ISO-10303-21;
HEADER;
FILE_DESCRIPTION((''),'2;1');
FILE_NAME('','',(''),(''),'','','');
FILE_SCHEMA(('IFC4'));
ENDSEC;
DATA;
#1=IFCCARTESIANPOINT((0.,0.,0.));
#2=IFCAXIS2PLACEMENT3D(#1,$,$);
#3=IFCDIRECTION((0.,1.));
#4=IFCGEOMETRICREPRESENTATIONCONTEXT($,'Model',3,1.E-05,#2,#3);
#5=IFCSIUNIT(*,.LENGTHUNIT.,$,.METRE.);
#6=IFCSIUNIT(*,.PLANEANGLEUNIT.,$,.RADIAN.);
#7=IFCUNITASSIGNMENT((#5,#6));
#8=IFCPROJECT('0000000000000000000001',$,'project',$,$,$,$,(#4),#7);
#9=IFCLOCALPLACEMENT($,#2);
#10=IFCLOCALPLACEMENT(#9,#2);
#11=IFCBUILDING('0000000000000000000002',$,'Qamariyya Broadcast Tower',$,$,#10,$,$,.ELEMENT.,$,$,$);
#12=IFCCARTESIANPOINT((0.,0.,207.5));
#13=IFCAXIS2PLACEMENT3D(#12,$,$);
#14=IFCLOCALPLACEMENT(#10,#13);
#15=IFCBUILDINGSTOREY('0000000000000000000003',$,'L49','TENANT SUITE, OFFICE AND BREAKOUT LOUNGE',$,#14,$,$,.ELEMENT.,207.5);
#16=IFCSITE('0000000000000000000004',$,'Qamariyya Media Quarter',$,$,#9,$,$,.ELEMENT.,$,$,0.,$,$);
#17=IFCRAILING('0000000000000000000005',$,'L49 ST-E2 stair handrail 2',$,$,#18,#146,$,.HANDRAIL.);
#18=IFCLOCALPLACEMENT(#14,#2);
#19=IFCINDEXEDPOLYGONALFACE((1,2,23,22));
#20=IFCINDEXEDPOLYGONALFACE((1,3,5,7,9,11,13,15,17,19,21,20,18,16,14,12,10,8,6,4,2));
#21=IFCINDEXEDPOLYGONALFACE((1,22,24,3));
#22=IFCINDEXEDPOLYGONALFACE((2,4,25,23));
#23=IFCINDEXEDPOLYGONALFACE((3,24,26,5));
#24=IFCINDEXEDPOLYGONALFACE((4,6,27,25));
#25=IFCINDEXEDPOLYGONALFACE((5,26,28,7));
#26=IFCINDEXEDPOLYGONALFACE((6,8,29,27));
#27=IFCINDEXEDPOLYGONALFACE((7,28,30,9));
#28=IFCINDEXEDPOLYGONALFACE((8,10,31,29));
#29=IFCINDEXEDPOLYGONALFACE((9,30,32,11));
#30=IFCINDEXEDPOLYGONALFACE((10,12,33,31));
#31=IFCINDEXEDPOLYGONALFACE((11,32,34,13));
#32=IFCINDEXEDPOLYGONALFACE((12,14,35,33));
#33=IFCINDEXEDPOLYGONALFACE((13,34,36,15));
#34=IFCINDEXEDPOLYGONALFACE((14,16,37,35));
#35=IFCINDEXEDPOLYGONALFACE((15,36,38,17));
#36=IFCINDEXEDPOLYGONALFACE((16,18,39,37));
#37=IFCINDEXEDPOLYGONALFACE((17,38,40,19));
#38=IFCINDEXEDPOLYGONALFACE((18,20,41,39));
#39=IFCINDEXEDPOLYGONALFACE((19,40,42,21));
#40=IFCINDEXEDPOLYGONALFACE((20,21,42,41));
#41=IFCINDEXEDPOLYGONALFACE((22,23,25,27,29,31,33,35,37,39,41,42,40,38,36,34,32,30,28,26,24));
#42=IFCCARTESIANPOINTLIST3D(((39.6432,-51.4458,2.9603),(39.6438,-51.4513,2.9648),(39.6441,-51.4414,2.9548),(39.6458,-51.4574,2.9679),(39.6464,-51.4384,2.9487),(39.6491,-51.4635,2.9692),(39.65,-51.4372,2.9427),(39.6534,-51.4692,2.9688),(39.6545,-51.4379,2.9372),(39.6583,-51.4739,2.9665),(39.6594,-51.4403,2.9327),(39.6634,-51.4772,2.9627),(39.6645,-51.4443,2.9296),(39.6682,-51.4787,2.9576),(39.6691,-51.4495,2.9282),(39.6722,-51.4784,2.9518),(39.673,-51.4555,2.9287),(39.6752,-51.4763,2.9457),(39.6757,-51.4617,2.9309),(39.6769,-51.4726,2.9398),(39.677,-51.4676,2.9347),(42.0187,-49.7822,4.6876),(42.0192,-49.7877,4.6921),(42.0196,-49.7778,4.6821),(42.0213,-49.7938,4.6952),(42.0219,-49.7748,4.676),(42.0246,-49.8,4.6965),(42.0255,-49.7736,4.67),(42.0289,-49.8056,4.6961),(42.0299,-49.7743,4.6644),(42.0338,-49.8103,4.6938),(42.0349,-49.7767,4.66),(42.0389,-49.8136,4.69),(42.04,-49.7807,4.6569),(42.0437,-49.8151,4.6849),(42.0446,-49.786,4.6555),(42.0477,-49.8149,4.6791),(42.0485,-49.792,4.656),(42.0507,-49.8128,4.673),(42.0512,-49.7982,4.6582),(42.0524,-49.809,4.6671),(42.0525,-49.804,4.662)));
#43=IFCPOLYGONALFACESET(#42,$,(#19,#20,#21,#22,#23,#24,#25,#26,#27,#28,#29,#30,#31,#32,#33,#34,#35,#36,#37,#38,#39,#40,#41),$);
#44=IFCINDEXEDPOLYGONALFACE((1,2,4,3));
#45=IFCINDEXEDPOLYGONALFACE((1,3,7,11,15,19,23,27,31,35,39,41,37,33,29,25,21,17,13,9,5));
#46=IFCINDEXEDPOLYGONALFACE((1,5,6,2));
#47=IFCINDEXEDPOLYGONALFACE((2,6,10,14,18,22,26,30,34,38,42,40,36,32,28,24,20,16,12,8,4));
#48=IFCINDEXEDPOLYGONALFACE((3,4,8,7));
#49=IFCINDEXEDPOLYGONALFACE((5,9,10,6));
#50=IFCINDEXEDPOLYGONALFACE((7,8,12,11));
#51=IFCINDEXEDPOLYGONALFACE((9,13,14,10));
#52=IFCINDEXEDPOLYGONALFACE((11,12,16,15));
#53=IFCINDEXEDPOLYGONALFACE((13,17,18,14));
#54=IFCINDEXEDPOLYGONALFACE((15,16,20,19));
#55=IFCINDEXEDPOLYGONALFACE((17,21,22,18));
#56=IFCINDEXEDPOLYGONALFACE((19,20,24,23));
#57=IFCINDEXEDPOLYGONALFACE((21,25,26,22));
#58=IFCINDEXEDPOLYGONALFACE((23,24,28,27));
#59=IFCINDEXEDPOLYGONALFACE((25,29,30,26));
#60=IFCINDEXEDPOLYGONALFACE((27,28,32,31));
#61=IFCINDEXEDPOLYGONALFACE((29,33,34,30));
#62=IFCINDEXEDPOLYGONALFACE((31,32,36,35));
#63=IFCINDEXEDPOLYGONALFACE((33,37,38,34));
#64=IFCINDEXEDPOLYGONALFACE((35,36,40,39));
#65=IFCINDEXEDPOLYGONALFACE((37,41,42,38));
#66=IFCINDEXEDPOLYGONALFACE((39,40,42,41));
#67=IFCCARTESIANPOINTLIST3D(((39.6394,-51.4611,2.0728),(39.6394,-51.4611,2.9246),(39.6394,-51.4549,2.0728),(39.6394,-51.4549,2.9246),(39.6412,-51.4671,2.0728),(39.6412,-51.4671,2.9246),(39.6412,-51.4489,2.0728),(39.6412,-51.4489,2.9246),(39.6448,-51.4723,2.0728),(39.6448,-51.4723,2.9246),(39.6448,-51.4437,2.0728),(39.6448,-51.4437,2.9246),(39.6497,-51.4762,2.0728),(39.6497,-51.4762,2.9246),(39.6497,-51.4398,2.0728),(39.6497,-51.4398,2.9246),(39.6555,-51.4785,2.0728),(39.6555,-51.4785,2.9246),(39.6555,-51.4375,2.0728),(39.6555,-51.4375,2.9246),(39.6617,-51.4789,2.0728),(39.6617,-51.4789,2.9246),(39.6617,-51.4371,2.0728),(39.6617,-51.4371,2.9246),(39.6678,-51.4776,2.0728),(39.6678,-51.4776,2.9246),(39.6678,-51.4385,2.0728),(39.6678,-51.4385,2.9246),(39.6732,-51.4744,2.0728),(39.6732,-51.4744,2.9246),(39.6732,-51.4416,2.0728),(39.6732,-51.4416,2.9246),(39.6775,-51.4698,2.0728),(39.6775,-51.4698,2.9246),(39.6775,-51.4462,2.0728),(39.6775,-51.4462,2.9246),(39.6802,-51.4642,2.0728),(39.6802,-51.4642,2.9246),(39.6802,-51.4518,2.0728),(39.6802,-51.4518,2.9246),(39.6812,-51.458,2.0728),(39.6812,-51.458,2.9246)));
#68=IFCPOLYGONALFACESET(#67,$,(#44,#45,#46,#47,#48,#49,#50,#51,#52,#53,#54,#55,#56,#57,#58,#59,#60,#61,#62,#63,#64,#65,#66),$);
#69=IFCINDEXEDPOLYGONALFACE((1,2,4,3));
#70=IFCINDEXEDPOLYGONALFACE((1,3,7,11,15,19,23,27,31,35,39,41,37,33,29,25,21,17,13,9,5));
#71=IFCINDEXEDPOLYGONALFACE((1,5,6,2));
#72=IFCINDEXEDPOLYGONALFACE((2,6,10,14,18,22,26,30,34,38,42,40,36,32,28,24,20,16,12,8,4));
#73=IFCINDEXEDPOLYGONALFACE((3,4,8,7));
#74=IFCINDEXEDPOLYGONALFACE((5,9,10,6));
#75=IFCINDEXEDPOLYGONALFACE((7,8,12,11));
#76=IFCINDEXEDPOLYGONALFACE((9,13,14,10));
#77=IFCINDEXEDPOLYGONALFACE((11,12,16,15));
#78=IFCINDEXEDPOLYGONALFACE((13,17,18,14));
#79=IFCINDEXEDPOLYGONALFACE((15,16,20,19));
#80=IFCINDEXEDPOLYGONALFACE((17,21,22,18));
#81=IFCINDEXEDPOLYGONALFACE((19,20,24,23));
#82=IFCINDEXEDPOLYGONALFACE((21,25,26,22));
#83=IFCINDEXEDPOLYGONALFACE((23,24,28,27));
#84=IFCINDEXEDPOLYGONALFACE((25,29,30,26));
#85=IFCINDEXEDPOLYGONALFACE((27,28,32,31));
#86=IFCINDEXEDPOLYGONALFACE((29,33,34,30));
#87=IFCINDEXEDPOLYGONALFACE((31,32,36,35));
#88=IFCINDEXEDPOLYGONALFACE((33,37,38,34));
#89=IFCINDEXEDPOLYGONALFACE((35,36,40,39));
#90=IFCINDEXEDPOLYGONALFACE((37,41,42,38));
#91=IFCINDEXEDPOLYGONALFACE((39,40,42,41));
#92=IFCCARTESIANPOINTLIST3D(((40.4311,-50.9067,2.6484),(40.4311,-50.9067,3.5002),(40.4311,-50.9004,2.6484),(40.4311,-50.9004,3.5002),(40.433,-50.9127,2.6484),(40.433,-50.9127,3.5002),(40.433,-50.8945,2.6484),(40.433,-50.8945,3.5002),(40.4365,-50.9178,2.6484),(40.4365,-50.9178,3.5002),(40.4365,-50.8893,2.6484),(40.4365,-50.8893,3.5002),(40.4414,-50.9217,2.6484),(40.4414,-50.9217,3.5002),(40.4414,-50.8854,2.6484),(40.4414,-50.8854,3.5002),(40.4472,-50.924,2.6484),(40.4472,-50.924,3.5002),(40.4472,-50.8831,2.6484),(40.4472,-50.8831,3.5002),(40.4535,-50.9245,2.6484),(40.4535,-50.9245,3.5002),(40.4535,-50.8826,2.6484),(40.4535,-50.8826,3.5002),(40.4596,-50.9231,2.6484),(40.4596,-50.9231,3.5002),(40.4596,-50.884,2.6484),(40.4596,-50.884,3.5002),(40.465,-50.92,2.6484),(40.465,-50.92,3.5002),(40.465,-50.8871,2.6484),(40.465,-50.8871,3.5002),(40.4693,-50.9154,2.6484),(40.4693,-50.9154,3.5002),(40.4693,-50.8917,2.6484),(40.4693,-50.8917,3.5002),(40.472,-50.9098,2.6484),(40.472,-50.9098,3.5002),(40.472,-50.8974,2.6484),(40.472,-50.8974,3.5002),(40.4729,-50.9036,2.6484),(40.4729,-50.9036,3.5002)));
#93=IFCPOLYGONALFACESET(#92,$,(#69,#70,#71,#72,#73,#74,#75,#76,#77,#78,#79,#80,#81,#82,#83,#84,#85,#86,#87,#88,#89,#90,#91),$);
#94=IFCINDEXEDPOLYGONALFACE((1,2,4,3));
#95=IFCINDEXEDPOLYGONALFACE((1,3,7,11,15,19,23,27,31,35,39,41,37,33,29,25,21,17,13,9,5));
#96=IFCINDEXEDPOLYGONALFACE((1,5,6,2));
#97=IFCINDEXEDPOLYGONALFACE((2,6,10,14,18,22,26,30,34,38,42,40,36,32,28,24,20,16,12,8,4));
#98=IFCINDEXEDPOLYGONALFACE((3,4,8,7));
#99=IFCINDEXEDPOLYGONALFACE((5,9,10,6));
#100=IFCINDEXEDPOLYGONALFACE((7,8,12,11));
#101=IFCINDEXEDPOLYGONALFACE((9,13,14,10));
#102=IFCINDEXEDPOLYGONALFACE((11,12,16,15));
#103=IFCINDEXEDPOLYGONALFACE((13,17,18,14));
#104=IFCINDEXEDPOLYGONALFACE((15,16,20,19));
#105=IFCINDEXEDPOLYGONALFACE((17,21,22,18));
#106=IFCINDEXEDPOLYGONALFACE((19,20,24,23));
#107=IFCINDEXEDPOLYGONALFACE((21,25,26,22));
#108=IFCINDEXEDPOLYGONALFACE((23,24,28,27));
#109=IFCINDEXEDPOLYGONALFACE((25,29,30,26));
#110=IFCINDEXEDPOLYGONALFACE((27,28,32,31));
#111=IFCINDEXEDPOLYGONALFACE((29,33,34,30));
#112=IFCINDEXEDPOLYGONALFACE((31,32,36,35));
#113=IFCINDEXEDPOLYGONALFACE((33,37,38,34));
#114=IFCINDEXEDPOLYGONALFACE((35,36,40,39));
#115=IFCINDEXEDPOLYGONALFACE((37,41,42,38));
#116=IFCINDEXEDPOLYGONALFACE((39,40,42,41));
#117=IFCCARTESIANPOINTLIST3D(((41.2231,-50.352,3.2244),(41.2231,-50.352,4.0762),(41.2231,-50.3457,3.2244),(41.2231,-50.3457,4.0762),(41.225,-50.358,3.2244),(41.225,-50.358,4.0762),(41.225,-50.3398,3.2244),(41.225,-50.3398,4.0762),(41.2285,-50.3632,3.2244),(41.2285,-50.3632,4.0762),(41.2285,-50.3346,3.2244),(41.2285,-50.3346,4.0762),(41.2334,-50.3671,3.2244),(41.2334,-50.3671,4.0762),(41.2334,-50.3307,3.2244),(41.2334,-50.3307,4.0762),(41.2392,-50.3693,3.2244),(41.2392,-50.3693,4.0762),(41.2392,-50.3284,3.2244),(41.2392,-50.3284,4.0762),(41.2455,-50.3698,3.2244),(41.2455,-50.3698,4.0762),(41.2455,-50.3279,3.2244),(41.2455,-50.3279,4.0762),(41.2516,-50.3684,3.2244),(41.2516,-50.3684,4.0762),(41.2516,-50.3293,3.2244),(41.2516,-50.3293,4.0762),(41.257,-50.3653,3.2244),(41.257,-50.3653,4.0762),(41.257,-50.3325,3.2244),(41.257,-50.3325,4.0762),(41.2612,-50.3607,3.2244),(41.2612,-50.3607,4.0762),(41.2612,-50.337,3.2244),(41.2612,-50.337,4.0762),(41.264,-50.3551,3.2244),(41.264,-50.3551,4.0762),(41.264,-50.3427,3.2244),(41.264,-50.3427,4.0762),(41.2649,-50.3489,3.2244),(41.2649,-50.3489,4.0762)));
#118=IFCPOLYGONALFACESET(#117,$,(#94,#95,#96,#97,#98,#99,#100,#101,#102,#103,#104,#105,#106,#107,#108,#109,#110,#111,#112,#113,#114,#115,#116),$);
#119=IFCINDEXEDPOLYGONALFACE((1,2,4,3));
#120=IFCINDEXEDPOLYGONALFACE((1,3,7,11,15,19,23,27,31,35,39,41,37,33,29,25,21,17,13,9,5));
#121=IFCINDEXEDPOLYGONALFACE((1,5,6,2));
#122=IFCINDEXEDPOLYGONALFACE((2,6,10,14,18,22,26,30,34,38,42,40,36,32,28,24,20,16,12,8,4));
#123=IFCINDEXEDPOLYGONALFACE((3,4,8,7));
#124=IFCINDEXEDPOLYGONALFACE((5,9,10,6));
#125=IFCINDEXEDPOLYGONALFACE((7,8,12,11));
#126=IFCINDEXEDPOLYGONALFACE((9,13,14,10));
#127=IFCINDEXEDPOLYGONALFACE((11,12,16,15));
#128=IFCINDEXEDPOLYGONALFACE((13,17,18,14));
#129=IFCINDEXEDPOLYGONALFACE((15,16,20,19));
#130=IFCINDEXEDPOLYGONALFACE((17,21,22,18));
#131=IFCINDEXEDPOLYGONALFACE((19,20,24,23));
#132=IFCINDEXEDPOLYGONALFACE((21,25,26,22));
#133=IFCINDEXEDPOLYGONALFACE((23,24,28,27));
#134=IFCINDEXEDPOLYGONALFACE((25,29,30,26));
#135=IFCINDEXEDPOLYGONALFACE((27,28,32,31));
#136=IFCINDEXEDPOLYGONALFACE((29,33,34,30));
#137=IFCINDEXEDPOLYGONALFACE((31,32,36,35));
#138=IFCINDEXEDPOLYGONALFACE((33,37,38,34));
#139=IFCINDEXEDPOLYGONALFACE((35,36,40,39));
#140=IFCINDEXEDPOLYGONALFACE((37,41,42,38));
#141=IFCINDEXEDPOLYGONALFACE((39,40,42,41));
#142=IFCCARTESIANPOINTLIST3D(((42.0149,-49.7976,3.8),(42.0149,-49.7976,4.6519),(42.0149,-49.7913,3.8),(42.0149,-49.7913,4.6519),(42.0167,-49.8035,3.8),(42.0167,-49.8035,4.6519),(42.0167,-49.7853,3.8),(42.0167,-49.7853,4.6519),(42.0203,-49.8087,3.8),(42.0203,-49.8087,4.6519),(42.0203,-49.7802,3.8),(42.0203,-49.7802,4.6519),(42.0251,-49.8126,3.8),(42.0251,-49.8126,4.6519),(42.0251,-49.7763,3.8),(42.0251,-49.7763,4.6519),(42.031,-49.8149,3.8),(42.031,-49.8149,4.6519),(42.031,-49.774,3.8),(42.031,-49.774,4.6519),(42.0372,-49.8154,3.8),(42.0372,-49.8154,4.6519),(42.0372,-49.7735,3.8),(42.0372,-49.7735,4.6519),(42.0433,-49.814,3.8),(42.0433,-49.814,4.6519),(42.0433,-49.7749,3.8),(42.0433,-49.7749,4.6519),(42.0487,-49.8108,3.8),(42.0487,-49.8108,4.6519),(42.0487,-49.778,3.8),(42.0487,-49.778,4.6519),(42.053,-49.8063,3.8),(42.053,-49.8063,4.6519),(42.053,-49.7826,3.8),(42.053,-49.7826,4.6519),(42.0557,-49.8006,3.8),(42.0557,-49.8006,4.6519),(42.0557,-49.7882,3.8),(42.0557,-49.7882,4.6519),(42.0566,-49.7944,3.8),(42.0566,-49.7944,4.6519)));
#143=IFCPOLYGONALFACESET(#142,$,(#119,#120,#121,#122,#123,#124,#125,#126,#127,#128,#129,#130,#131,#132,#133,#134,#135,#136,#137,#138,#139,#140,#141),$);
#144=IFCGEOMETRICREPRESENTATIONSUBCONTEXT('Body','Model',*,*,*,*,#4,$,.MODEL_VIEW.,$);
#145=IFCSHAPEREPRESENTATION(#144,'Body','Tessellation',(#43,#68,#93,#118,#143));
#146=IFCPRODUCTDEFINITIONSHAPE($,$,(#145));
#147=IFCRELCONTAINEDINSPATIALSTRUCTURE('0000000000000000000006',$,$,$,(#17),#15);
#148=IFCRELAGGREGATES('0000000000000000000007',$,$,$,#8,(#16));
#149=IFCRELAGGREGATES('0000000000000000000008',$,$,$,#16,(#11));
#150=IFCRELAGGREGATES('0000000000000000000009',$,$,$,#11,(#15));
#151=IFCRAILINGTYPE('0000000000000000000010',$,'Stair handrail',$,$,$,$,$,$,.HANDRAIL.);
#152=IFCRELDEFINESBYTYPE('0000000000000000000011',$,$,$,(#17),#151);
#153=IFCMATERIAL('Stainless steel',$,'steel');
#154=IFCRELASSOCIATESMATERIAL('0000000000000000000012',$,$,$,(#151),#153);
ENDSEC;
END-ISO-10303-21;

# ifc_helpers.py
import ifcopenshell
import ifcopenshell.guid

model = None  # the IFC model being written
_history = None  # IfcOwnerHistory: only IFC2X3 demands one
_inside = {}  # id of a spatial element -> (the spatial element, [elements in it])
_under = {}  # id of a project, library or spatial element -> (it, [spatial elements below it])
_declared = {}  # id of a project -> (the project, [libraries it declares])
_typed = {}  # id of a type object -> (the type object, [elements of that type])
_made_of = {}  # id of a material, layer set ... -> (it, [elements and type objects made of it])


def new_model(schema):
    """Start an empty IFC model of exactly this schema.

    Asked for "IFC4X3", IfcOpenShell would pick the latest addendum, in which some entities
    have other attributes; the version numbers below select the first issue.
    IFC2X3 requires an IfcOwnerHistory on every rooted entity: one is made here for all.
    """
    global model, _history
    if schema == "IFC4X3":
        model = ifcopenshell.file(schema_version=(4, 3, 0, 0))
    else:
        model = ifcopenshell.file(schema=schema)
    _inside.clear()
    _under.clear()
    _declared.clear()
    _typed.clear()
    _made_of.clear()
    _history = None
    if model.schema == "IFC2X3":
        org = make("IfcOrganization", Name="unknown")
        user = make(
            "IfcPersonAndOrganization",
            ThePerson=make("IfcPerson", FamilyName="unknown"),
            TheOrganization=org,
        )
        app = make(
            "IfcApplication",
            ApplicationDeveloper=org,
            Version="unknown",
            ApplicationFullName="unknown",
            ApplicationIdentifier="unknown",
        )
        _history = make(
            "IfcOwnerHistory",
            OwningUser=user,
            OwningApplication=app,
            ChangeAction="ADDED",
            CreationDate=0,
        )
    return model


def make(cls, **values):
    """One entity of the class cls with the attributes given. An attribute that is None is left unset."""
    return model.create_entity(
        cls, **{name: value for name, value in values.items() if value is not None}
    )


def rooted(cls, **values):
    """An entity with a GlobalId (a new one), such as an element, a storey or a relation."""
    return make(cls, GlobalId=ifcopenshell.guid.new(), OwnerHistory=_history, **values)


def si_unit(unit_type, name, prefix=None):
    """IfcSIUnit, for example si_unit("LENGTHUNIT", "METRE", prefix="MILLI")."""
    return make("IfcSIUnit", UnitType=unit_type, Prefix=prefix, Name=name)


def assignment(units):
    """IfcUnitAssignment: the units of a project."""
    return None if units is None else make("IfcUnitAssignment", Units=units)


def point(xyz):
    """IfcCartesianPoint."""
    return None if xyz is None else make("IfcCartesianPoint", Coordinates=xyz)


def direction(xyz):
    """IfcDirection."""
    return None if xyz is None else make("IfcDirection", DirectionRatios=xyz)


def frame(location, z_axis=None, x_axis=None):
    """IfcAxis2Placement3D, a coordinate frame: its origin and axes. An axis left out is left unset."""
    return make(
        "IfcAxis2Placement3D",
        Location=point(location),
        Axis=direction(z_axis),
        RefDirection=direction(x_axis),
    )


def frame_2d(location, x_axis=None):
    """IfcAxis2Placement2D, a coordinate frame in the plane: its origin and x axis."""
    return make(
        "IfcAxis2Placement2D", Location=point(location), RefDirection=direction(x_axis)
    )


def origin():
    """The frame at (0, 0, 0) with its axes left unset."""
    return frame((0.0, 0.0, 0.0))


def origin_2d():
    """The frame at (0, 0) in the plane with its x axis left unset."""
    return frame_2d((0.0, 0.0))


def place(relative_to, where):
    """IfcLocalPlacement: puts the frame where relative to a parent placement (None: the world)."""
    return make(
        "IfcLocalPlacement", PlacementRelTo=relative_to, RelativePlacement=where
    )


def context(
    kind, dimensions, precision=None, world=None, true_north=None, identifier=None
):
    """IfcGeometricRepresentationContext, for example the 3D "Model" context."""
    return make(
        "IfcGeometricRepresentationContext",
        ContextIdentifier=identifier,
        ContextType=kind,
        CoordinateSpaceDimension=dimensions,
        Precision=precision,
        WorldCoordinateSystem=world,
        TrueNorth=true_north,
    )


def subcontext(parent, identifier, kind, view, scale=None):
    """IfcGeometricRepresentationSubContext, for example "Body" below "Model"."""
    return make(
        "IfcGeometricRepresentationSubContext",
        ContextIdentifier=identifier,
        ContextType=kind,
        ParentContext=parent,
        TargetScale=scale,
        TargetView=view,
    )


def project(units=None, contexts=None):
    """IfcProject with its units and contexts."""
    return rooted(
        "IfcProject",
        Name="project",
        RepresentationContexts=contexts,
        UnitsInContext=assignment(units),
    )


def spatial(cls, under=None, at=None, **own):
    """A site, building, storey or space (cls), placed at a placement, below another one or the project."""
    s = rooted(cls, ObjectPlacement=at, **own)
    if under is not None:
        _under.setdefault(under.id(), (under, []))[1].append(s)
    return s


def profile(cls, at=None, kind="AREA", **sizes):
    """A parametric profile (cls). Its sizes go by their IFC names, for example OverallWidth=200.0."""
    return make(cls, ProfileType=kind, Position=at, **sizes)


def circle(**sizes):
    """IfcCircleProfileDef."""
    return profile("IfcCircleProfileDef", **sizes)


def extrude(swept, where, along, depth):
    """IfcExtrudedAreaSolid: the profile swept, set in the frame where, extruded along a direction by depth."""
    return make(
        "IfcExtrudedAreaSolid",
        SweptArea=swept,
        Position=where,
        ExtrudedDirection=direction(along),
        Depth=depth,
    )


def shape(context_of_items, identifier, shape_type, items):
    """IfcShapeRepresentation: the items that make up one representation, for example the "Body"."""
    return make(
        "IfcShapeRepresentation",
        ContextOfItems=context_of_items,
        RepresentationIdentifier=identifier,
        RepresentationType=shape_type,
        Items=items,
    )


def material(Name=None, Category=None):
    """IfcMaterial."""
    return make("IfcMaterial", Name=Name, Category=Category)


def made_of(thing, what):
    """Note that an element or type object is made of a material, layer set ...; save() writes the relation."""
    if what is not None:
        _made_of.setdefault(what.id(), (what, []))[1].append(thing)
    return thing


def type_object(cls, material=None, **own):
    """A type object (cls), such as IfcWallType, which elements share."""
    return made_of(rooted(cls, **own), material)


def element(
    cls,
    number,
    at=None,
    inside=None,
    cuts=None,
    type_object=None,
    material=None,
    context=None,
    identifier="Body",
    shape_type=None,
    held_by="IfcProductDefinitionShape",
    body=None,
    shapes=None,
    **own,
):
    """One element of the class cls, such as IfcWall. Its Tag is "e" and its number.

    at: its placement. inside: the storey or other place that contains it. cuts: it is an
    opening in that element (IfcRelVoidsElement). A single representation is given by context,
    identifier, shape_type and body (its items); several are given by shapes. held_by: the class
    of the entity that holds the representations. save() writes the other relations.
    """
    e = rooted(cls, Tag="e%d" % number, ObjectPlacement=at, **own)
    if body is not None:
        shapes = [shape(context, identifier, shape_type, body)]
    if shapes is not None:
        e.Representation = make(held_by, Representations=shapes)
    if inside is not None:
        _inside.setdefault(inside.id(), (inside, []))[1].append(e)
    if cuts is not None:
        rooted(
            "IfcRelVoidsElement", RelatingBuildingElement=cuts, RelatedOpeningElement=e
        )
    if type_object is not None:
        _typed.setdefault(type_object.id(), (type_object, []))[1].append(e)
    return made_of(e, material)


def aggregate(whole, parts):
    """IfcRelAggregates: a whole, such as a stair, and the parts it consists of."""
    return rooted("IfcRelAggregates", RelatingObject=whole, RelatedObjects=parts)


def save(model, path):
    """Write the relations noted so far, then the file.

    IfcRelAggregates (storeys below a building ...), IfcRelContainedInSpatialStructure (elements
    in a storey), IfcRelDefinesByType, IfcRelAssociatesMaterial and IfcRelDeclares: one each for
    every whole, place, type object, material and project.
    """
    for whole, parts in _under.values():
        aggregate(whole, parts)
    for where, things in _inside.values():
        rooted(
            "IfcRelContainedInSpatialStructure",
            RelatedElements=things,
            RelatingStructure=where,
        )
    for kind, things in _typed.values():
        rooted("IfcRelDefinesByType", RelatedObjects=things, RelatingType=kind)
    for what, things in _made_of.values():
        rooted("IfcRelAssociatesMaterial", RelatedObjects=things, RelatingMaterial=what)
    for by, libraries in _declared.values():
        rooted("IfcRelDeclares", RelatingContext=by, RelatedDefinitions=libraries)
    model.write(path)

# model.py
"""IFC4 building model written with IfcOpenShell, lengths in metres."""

from ifc_helpers import new_model, si_unit, direction, frame, origin, origin_2d, place, context, subcontext, project, spatial, circle, extrude, material, type_object, element, save


model = new_model("IFC4")

# Units and contexts
model_context = context("Model", 3, precision=1e-05, world=origin(), true_north=direction((0.0, 1.0)))
body_context = subcontext(model_context, "Body", "Model", "MODEL_VIEW")
ifc_project = project(units=[si_unit("LENGTHUNIT", "METRE"), si_unit("PLANEANGLEUNIT", "RADIAN")], contexts=[model_context])

# Site, building, storey
site_placement = place(None, origin())
site = spatial("IfcSite", under=ifc_project, at=site_placement, Name="Qamariyya Media Quarter", CompositionType="ELEMENT", RefElevation=0.0)
building_placement = place(site_placement, origin())
building = spatial("IfcBuilding", under=site, at=building_placement, Name="Qamariyya Broadcast Tower", CompositionType="ELEMENT")
storey_placement = place(building_placement, frame((0.0, 0.0, 207.5)))
storey = spatial("IfcBuildingStorey", under=building, at=storey_placement, Name="L49", Description="TENANT SUITE, OFFICE AND BREAKOUT LOUNGE", CompositionType="ELEMENT", Elevation=207.5)

# Railing
ifc_material_1 = material(Name="Stainless steel", Category="steel")
railing_type_1 = type_object("IfcRailingType", Name="Stair handrail", PredefinedType="HANDRAIL", material=ifc_material_1)
railing_1_placement = place(storey_placement, frame((39.6602, -51.458, 2.0728)))
element("IfcRailing", 1, at=railing_1_placement, inside=storey, type_object=railing_type_1, Name="L49 ST-E2 stair handrail 2", PredefinedType="HANDRAIL", context=body_context, shape_type="SweptSolid", body=[
    extrude(circle(Radius=0.0239, at=origin_2d()), frame((0.0, 0.0, 0.876), z_axis=(0.703745, 0.492838, 0.511716), x_axis=(-0.573632, 0.819113, 0.0)), (0.0, 0.0, 1.0), 3.3755),
    extrude(circle(Radius=0.021, at=origin_2d()), origin(), (0.0, 0.0, 1.0), 0.8518),
    extrude(circle(Radius=0.021, at=origin_2d()), frame((0.7917, 0.5544, 0.5757)), (0.0, 0.0, 1.0), 0.8518),
    extrude(circle(Radius=0.021, at=origin_2d()), frame((1.5837, 1.1091, 1.1516)), (0.0, 0.0, 1.0), 0.8518),
    extrude(circle(Radius=0.021, at=origin_2d()), frame((2.3755, 1.6636, 1.7273)), (0.0, 0.0, 1.0), 0.8518),
])

save(model, "model.ifc")
